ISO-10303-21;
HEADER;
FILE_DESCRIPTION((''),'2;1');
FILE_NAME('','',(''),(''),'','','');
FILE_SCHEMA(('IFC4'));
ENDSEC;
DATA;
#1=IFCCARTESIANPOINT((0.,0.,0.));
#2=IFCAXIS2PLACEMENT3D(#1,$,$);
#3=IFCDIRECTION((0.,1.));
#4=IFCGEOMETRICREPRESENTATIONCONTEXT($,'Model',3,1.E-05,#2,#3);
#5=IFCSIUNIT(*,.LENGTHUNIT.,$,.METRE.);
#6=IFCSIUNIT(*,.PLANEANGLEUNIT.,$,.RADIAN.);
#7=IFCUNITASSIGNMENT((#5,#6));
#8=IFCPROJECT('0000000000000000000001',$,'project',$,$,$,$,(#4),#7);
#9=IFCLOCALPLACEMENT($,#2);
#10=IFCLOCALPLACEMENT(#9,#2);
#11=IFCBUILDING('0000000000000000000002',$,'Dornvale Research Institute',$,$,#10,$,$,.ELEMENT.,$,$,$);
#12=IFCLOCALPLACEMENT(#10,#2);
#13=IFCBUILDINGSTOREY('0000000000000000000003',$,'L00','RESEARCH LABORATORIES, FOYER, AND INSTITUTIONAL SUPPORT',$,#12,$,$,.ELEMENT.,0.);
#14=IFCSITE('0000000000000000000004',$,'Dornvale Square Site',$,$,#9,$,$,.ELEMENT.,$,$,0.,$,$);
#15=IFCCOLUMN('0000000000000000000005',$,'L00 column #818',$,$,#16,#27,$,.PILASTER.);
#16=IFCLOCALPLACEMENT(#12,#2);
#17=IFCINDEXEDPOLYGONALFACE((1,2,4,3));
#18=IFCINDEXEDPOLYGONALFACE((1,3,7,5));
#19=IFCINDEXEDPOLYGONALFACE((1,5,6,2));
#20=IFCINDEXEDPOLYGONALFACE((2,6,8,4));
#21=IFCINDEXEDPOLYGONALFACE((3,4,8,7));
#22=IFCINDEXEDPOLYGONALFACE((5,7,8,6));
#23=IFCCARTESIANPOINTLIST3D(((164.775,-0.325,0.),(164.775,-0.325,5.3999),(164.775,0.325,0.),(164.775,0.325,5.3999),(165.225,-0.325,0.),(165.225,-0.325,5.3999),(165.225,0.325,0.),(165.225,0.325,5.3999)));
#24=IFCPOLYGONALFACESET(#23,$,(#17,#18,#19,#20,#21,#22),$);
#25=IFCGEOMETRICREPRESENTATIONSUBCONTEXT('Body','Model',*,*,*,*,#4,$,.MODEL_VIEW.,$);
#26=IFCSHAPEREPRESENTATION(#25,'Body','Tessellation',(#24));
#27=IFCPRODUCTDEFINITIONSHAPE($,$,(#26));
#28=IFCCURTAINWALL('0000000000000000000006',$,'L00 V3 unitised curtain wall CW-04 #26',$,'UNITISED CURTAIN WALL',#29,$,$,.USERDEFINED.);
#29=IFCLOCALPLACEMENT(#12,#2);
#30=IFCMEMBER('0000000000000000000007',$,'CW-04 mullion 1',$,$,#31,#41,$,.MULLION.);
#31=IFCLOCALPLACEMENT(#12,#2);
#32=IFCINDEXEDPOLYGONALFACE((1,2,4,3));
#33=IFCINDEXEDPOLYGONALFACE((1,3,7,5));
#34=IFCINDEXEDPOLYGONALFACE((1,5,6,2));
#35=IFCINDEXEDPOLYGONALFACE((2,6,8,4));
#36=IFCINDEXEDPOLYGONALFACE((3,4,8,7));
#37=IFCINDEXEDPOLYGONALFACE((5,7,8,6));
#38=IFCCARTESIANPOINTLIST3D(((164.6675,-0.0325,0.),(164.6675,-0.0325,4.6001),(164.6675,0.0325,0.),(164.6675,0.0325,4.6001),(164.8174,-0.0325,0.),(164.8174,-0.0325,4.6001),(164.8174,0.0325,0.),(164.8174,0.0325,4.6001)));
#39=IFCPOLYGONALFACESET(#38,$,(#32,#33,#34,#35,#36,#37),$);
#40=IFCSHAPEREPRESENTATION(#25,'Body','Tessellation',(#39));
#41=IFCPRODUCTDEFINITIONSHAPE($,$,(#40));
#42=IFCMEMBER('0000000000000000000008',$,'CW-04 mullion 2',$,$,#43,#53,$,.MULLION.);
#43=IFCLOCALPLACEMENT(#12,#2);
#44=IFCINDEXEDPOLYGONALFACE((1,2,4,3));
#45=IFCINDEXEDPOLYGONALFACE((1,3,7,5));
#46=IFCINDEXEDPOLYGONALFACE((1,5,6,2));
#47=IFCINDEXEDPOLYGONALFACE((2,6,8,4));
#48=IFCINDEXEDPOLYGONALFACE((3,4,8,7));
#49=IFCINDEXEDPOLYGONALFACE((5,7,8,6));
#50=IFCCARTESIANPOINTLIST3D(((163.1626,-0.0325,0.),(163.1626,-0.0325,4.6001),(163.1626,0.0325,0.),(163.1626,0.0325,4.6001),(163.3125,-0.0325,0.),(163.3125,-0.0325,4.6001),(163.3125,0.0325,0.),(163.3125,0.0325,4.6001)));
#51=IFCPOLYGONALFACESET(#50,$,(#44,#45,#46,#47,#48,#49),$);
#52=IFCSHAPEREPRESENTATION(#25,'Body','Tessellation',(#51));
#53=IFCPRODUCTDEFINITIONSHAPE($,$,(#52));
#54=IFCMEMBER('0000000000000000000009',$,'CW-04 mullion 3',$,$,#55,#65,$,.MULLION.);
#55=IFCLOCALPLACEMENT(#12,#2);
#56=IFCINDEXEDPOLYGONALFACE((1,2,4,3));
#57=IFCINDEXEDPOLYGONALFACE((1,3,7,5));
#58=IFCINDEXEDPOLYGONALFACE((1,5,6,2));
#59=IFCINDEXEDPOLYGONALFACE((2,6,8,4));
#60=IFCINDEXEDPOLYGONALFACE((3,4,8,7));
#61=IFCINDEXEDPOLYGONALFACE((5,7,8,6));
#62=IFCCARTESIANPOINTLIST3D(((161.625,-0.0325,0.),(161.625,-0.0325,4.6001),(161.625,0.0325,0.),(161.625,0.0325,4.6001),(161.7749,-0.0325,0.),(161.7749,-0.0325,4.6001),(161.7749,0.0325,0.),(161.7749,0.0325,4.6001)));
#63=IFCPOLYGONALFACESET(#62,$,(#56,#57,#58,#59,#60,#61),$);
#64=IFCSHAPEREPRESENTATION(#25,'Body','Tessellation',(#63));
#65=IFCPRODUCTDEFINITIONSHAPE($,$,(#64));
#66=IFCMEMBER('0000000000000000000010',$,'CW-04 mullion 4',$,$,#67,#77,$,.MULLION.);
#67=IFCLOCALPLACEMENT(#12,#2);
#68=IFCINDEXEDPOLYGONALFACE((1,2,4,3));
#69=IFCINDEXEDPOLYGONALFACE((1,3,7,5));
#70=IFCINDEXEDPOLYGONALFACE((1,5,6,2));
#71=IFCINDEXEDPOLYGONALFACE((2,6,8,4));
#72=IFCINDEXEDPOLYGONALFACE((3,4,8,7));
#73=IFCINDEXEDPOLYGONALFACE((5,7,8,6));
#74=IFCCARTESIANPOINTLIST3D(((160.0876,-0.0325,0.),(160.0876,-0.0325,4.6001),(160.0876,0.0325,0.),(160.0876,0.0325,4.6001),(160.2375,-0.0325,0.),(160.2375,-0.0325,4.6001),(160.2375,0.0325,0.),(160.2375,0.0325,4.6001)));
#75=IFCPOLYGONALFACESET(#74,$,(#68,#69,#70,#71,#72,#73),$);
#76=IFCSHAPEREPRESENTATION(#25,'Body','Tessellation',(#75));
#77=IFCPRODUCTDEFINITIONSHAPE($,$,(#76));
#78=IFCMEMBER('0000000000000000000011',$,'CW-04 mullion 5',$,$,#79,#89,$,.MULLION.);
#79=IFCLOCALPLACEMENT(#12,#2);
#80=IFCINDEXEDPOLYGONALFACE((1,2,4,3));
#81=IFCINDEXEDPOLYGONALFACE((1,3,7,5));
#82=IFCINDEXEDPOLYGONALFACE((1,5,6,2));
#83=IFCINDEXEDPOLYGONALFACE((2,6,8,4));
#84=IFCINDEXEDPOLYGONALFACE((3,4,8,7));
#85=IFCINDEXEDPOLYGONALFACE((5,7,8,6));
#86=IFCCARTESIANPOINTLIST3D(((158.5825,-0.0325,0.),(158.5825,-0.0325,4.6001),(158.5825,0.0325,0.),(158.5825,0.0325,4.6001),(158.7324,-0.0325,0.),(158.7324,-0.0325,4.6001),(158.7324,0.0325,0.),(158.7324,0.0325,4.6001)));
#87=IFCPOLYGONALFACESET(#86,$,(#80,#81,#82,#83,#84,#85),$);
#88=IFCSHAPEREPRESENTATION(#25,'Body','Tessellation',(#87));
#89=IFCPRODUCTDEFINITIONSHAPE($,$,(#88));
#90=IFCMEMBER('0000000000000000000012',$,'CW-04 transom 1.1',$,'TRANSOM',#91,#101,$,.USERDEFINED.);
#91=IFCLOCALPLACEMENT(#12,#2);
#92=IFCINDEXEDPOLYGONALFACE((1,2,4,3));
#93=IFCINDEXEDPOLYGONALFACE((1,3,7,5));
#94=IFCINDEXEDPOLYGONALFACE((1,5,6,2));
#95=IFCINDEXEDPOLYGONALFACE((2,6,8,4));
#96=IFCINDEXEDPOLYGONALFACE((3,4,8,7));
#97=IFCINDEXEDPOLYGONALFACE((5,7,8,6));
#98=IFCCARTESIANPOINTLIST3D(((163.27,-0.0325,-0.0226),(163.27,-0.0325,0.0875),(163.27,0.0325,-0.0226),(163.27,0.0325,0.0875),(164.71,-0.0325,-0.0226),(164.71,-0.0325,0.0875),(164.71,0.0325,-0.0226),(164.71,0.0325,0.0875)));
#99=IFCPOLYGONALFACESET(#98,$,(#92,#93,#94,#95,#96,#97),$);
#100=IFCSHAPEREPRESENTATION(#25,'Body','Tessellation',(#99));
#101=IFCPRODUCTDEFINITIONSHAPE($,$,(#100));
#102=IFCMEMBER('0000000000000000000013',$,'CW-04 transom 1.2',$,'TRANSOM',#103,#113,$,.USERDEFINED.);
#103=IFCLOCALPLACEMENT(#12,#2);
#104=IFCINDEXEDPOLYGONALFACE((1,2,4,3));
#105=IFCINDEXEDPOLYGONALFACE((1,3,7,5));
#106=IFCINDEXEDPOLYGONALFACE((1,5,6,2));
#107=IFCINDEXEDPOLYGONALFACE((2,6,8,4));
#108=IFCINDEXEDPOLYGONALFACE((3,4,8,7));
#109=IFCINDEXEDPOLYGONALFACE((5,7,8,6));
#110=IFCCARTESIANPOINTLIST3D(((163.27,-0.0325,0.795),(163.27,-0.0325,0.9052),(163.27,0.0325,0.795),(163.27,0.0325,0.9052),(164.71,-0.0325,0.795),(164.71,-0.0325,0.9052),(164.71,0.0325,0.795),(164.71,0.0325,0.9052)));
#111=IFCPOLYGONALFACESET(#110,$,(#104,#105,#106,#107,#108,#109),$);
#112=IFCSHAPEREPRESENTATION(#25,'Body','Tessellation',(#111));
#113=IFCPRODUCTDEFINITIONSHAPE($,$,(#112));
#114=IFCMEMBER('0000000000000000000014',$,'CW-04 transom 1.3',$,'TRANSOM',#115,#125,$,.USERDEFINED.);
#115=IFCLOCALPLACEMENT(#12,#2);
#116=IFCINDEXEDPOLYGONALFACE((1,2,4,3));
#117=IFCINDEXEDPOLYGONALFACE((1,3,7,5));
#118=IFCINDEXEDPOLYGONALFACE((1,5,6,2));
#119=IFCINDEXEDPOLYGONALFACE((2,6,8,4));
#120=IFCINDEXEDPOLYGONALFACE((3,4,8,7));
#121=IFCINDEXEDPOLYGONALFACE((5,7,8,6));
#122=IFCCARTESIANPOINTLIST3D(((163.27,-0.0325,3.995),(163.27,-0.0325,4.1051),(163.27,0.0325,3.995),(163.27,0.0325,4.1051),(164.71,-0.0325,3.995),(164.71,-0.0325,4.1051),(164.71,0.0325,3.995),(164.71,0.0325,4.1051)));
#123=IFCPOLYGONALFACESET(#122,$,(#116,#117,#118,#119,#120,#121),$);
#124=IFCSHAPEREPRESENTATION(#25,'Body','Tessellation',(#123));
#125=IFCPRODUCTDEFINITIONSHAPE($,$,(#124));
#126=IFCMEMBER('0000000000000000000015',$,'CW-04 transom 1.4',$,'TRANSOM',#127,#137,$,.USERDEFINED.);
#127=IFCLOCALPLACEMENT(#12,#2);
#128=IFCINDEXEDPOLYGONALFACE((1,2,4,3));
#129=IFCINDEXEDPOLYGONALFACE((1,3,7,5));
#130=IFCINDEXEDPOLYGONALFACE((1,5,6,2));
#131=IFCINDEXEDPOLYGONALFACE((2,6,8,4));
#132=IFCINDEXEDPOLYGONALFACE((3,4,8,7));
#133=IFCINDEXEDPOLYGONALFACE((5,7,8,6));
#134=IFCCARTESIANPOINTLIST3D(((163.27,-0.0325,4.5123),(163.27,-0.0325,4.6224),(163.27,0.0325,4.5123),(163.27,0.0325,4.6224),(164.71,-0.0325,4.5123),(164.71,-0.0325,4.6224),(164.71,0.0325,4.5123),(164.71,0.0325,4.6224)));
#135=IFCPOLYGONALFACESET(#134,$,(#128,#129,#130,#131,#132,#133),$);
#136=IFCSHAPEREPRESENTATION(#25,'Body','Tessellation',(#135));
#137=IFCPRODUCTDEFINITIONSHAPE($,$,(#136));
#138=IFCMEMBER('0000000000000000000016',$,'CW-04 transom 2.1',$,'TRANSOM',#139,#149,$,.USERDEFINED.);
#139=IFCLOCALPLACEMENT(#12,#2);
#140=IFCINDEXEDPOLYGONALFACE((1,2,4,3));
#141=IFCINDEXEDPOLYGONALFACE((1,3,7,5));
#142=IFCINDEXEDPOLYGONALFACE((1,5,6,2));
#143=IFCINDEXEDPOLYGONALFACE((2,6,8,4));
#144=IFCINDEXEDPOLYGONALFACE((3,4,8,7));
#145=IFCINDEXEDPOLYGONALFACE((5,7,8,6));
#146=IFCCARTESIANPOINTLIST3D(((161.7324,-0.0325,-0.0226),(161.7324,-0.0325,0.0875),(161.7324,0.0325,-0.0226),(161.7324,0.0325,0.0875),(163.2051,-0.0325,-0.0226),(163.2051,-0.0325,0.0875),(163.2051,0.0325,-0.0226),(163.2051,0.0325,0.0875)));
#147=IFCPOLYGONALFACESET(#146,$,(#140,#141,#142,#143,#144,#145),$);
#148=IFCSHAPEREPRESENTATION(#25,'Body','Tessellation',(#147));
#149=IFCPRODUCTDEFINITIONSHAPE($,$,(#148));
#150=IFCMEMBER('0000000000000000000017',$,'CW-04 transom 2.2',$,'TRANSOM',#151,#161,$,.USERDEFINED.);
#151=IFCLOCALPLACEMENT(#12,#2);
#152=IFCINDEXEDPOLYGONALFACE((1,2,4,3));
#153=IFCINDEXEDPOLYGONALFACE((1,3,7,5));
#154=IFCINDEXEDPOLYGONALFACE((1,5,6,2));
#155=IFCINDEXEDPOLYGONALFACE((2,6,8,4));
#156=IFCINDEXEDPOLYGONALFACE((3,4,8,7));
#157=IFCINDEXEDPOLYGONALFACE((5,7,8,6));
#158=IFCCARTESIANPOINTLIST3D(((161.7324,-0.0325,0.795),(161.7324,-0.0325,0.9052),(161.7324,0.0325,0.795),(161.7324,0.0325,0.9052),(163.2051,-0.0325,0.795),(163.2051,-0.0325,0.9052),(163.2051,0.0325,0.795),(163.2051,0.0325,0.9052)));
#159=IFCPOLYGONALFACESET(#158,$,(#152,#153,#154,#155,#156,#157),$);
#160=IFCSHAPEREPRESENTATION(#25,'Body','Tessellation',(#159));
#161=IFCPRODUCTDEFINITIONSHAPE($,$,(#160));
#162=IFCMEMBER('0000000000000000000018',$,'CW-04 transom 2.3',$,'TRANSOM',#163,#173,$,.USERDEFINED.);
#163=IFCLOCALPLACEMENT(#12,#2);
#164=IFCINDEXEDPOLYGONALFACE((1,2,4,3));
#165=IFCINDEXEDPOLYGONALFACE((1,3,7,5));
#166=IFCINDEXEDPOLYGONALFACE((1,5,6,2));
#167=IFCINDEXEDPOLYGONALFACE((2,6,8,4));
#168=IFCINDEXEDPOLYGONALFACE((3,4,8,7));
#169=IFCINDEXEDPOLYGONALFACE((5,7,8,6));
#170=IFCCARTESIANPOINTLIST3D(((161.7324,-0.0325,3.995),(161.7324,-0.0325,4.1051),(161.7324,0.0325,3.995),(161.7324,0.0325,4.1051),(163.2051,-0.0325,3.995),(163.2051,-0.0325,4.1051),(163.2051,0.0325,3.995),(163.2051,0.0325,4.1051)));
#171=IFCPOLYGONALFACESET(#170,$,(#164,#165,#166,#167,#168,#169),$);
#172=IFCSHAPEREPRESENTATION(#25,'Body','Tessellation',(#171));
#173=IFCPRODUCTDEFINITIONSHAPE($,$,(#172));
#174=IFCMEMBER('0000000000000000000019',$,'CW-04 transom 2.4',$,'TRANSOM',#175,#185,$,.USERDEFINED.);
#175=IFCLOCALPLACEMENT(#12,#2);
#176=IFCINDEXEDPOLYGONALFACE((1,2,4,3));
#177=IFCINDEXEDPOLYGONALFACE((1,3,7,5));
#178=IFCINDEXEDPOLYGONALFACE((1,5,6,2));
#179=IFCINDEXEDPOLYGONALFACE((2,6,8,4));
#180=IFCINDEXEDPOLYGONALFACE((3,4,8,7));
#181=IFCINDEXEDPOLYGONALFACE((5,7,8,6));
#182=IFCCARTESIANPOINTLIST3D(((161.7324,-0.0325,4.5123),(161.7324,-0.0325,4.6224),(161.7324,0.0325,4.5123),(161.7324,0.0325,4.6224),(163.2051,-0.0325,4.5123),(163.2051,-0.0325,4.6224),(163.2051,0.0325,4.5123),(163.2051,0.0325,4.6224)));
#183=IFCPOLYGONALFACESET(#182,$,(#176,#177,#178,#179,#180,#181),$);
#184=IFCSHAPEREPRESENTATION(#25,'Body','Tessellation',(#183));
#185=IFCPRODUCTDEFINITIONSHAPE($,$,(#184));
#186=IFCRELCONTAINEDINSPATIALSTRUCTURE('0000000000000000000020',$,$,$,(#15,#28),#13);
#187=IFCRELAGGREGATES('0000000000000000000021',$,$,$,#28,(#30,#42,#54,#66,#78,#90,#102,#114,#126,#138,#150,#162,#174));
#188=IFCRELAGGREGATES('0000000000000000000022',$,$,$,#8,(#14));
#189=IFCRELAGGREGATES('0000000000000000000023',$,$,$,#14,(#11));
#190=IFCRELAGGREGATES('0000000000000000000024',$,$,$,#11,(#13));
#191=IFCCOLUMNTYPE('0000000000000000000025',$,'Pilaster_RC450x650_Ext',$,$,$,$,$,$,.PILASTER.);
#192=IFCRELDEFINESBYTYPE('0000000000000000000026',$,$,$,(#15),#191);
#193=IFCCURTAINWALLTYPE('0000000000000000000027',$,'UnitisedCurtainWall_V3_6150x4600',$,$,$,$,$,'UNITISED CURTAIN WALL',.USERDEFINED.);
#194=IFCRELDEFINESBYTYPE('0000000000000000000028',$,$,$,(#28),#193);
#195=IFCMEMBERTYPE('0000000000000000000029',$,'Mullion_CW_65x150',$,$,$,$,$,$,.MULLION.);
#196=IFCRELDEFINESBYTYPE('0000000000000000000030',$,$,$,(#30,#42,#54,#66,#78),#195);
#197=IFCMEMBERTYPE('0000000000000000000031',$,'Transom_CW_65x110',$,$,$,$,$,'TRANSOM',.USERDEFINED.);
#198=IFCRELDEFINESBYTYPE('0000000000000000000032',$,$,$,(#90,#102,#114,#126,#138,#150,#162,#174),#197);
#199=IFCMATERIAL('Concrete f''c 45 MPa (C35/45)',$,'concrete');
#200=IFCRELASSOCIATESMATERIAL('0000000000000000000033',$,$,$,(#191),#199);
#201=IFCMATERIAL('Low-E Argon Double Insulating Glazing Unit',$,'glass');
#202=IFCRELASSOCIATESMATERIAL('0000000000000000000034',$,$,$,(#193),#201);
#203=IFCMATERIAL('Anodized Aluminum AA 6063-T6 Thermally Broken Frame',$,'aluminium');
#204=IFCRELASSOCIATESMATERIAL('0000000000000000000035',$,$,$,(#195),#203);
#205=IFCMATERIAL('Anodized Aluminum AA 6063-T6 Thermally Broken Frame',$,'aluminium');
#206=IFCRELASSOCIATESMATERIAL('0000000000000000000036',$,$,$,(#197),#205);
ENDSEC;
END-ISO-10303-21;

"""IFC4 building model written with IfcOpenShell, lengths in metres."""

from ifc_helpers import new_model, si_unit, direction, frame, origin, origin_2d, place, context, subcontext, project, spatial, rectangle, extrude, material, material_profile, profile_set, type_object, element, aggregate, save


model = new_model("IFC4")

# Units and contexts
model_context = context("Model", 3, precision=1e-05, world=origin(), true_north=direction((0.0, 1.0)))
body_context = subcontext(model_context, "Body", "Model", "MODEL_VIEW")
ifc_project = project(units=[si_unit("LENGTHUNIT", "METRE"), si_unit("PLANEANGLEUNIT", "RADIAN")], contexts=[model_context])

# Site, building, storey
site_placement = place(None, origin())
site = spatial("IfcSite", under=ifc_project, at=site_placement, Name="Dornvale Square Site", CompositionType="ELEMENT", RefElevation=0.0)
building_placement = place(site_placement, origin())
building = spatial("IfcBuilding", under=site, at=building_placement, Name="Dornvale Research Institute", CompositionType="ELEMENT")
storey_placement = place(building_placement, origin())
storey = spatial("IfcBuildingStorey", under=building, at=storey_placement, Name="L00", Description="RESEARCH LABORATORIES, FOYER, AND INSTITUTIONAL SUPPORT", CompositionType="ELEMENT", Elevation=0.0)

# Column
ifc_material_1 = material(Name="Concrete f'c 45 MPa (C35/45)", Category="concrete")
ifc_material_profile_1 = material_profile(ifc_material_1, rectangle(XDim=0.45, YDim=0.6499, at=origin_2d()), Name="RC 450x650")
ifc_profile_set_1 = profile_set([ifc_material_profile_1], Name="Concrete f'c 45 MPa (C35/45)")
column_type = type_object("IfcColumnType", Name="Pilaster_RC450x650_Ext", PredefinedType="PILASTER", material=ifc_profile_set_1)
column_placement = place(storey_placement, frame((165.0, 0.0, 0.0), z_axis=(0.0, 0.0, 1.0), x_axis=(1.0, 0.0, 0.0)))
element("IfcColumn", 1, at=column_placement, inside=storey, type_object=column_type, Name="L00 column #818", PredefinedType="PILASTER", context=body_context, shape_type="SweptSolid", body=[
    extrude(rectangle(XDim=0.45, YDim=0.6499, at=origin_2d()), origin(), (0.0, 0.0, 1.0), 5.3999),
])

# Curtain wall, members
ifc_material_2 = material(Name="Low-E Argon Double Insulating Glazing Unit", Category="glass")
curtain_wall_type = type_object("IfcCurtainWallType", Name="UnitisedCurtainWall_V3_6150x4600", ElementType="UNITISED CURTAIN WALL", PredefinedType="USERDEFINED", material=ifc_material_2)
curtain_wall_placement = place(storey_placement, origin())
curtain_wall = element("IfcCurtainWall", 2, at=curtain_wall_placement, inside=storey, type_object=curtain_wall_type, Name="L00 V3 unitised curtain wall CW-04 #26", ObjectType="UNITISED CURTAIN WALL", PredefinedType="USERDEFINED")
ifc_material_3 = material(Name="Anodized Aluminum AA 6063-T6 Thermally Broken Frame", Category="aluminium")
ifc_material_profile_2 = material_profile(ifc_material_3, rectangle(XDim=0.0649, YDim=0.1499, at=origin_2d()), Name="ALU MULLION 65x150")
ifc_profile_set_2 = profile_set([ifc_material_profile_2], Name="Anodized Aluminum AA 6063-T6 Thermally Broken Frame")
member_type_1 = type_object("IfcMemberType", Name="Mullion_CW_65x150", PredefinedType="MULLION", material=ifc_profile_set_2)
member_1_placement = place(storey_placement, frame((164.7424, 0.0, 0.0), z_axis=(0.0, 0.0, 1.0), x_axis=(0.0, -1.0, 0.0)))
member_1 = element("IfcMember", 3, at=member_1_placement, type_object=member_type_1, Name="CW-04 mullion 1", PredefinedType="MULLION", context=body_context, shape_type="SweptSolid", body=[
    extrude(rectangle(XDim=0.0649, YDim=0.1499, at=origin_2d()), origin(), (0.0, 0.0, 1.0), 4.6001),
])
member_2_placement = place(storey_placement, frame((163.2375, 0.0, 0.0), z_axis=(0.0, 0.0, 1.0), x_axis=(0.0, -1.0, 0.0)))
member_2 = element("IfcMember", 4, at=member_2_placement, type_object=member_type_1, Name="CW-04 mullion 2", PredefinedType="MULLION", context=body_context, shape_type="SweptSolid", body=[
    extrude(rectangle(XDim=0.0649, YDim=0.1499, at=origin_2d()), origin(), (0.0, 0.0, 1.0), 4.6001),
])
member_3_placement = place(storey_placement, frame((161.7, 0.0, 0.0), z_axis=(0.0, 0.0, 1.0), x_axis=(0.0, -1.0, 0.0)))
member_3 = element("IfcMember", 5, at=member_3_placement, type_object=member_type_1, Name="CW-04 mullion 3", PredefinedType="MULLION", context=body_context, shape_type="SweptSolid", body=[
    extrude(rectangle(XDim=0.0649, YDim=0.1499, at=origin_2d()), origin(), (0.0, 0.0, 1.0), 4.6001),
])
member_4_placement = place(storey_placement, frame((160.1626, 0.0, 0.0), z_axis=(0.0, 0.0, 1.0), x_axis=(0.0, -1.0, 0.0)))
member_4 = element("IfcMember", 6, at=member_4_placement, type_object=member_type_1, Name="CW-04 mullion 4", PredefinedType="MULLION", context=body_context, shape_type="SweptSolid", body=[
    extrude(rectangle(XDim=0.0649, YDim=0.1499, at=origin_2d()), origin(), (0.0, 0.0, 1.0), 4.6001),
])
member_5_placement = place(storey_placement, frame((158.6575, 0.0, 0.0), z_axis=(0.0, 0.0, 1.0), x_axis=(0.0, -1.0, 0.0)))
member_5 = element("IfcMember", 7, at=member_5_placement, type_object=member_type_1, Name="CW-04 mullion 5", PredefinedType="MULLION", context=body_context, shape_type="SweptSolid", body=[
    extrude(rectangle(XDim=0.0649, YDim=0.1499, at=origin_2d()), origin(), (0.0, 0.0, 1.0), 4.6001),
])
ifc_material_4 = material(Name="Anodized Aluminum AA 6063-T6 Thermally Broken Frame", Category="aluminium")
ifc_material_profile_3 = material_profile(ifc_material_4, rectangle(XDim=0.0649, YDim=0.1101, at=origin_2d()), Name="ALU TRANSOM 65x110")
ifc_profile_set_3 = profile_set([ifc_material_profile_3], Name="Anodized Aluminum AA 6063-T6 Thermally Broken Frame")
member_type_2 = type_object("IfcMemberType", Name="Transom_CW_65x110", ElementType="TRANSOM", PredefinedType="USERDEFINED", material=ifc_profile_set_3)
member_6_placement = place(storey_placement, frame((164.71, 0.0, 0.0325), z_axis=(-1.0, 0.0, 0.0), x_axis=(0.0, -1.0, 0.0)))
member_6 = element("IfcMember", 8, at=member_6_placement, type_object=member_type_2, Name="CW-04 transom 1.1", ObjectType="TRANSOM", PredefinedType="USERDEFINED", context=body_context, shape_type="SweptSolid", body=[
    extrude(rectangle(XDim=0.0649, YDim=0.1101, at=origin_2d()), origin(), (0.0, 0.0, 1.0), 1.4399),
])
member_7_placement = place(storey_placement, frame((164.71, 0.0, 0.8501), z_axis=(-1.0, 0.0, 0.0), x_axis=(0.0, -1.0, 0.0)))
member_7 = element("IfcMember", 9, at=member_7_placement, type_object=member_type_2, Name="CW-04 transom 1.2", ObjectType="TRANSOM", PredefinedType="USERDEFINED", context=body_context, shape_type="SweptSolid", body=[
    extrude(rectangle(XDim=0.0649, YDim=0.1101, at=origin_2d()), origin(), (0.0, 0.0, 1.0), 1.4399),
])
member_8_placement = place(storey_placement, frame((164.71, 0.0, 4.05), z_axis=(-1.0, 0.0, 0.0), x_axis=(0.0, -1.0, 0.0)))
member_8 = element("IfcMember", 10, at=member_8_placement, type_object=member_type_2, Name="CW-04 transom 1.3", ObjectType="TRANSOM", PredefinedType="USERDEFINED", context=body_context, shape_type="SweptSolid", body=[
    extrude(rectangle(XDim=0.0649, YDim=0.1101, at=origin_2d()), origin(), (0.0, 0.0, 1.0), 1.4399),
])
member_9_placement = place(storey_placement, frame((164.71, 0.0, 4.5674), z_axis=(-1.0, 0.0, 0.0), x_axis=(0.0, -1.0, 0.0)))
member_9 = element("IfcMember", 11, at=member_9_placement, type_object=member_type_2, Name="CW-04 transom 1.4", ObjectType="TRANSOM", PredefinedType="USERDEFINED", context=body_context, shape_type="SweptSolid", body=[
    extrude(rectangle(XDim=0.0649, YDim=0.1101, at=origin_2d()), origin(), (0.0, 0.0, 1.0), 1.4399),
])
member_10_placement = place(storey_placement, frame((163.2051, 0.0, 0.0325), z_axis=(-1.0, 0.0, 0.0), x_axis=(0.0, -1.0, 0.0)))
member_10 = element("IfcMember", 12, at=member_10_placement, type_object=member_type_2, Name="CW-04 transom 2.1", ObjectType="TRANSOM", PredefinedType="USERDEFINED", context=body_context, shape_type="SweptSolid", body=[
    extrude(rectangle(XDim=0.0649, YDim=0.1101, at=origin_2d()), origin(), (0.0, 0.0, 1.0), 1.4727),
])
member_11_placement = place(storey_placement, frame((163.2051, 0.0, 0.8501), z_axis=(-1.0, 0.0, 0.0), x_axis=(0.0, -1.0, 0.0)))
member_11 = element("IfcMember", 13, at=member_11_placement, type_object=member_type_2, Name="CW-04 transom 2.2", ObjectType="TRANSOM", PredefinedType="USERDEFINED", context=body_context, shape_type="SweptSolid", body=[
    extrude(rectangle(XDim=0.0649, YDim=0.1101, at=origin_2d()), origin(), (0.0, 0.0, 1.0), 1.4727),
])
member_12_placement = place(storey_placement, frame((163.2051, 0.0, 4.05), z_axis=(-1.0, 0.0, 0.0), x_axis=(0.0, -1.0, 0.0)))
member_12 = element("IfcMember", 14, at=member_12_placement, type_object=member_type_2, Name="CW-04 transom 2.3", ObjectType="TRANSOM", PredefinedType="USERDEFINED", context=body_context, shape_type="SweptSolid", body=[
    extrude(rectangle(XDim=0.0649, YDim=0.1101, at=origin_2d()), origin(), (0.0, 0.0, 1.0), 1.4727),
])
member_13_placement = place(storey_placement, frame((163.2051, 0.0, 4.5674), z_axis=(-1.0, 0.0, 0.0), x_axis=(0.0, -1.0, 0.0)))
member_13 = element("IfcMember", 15, at=member_13_placement, type_object=member_type_2, Name="CW-04 transom 2.4", ObjectType="TRANSOM", PredefinedType="USERDEFINED", context=body_context, shape_type="SweptSolid", body=[
    extrude(rectangle(XDim=0.0649, YDim=0.1101, at=origin_2d()), origin(), (0.0, 0.0, 1.0), 1.4727),
])
aggregate(curtain_wall, [member_1, member_2, member_3, member_4, member_5, member_6, member_7, member_8, member_9, member_10, member_11, member_12, member_13])

save(model, "model.ifc")
